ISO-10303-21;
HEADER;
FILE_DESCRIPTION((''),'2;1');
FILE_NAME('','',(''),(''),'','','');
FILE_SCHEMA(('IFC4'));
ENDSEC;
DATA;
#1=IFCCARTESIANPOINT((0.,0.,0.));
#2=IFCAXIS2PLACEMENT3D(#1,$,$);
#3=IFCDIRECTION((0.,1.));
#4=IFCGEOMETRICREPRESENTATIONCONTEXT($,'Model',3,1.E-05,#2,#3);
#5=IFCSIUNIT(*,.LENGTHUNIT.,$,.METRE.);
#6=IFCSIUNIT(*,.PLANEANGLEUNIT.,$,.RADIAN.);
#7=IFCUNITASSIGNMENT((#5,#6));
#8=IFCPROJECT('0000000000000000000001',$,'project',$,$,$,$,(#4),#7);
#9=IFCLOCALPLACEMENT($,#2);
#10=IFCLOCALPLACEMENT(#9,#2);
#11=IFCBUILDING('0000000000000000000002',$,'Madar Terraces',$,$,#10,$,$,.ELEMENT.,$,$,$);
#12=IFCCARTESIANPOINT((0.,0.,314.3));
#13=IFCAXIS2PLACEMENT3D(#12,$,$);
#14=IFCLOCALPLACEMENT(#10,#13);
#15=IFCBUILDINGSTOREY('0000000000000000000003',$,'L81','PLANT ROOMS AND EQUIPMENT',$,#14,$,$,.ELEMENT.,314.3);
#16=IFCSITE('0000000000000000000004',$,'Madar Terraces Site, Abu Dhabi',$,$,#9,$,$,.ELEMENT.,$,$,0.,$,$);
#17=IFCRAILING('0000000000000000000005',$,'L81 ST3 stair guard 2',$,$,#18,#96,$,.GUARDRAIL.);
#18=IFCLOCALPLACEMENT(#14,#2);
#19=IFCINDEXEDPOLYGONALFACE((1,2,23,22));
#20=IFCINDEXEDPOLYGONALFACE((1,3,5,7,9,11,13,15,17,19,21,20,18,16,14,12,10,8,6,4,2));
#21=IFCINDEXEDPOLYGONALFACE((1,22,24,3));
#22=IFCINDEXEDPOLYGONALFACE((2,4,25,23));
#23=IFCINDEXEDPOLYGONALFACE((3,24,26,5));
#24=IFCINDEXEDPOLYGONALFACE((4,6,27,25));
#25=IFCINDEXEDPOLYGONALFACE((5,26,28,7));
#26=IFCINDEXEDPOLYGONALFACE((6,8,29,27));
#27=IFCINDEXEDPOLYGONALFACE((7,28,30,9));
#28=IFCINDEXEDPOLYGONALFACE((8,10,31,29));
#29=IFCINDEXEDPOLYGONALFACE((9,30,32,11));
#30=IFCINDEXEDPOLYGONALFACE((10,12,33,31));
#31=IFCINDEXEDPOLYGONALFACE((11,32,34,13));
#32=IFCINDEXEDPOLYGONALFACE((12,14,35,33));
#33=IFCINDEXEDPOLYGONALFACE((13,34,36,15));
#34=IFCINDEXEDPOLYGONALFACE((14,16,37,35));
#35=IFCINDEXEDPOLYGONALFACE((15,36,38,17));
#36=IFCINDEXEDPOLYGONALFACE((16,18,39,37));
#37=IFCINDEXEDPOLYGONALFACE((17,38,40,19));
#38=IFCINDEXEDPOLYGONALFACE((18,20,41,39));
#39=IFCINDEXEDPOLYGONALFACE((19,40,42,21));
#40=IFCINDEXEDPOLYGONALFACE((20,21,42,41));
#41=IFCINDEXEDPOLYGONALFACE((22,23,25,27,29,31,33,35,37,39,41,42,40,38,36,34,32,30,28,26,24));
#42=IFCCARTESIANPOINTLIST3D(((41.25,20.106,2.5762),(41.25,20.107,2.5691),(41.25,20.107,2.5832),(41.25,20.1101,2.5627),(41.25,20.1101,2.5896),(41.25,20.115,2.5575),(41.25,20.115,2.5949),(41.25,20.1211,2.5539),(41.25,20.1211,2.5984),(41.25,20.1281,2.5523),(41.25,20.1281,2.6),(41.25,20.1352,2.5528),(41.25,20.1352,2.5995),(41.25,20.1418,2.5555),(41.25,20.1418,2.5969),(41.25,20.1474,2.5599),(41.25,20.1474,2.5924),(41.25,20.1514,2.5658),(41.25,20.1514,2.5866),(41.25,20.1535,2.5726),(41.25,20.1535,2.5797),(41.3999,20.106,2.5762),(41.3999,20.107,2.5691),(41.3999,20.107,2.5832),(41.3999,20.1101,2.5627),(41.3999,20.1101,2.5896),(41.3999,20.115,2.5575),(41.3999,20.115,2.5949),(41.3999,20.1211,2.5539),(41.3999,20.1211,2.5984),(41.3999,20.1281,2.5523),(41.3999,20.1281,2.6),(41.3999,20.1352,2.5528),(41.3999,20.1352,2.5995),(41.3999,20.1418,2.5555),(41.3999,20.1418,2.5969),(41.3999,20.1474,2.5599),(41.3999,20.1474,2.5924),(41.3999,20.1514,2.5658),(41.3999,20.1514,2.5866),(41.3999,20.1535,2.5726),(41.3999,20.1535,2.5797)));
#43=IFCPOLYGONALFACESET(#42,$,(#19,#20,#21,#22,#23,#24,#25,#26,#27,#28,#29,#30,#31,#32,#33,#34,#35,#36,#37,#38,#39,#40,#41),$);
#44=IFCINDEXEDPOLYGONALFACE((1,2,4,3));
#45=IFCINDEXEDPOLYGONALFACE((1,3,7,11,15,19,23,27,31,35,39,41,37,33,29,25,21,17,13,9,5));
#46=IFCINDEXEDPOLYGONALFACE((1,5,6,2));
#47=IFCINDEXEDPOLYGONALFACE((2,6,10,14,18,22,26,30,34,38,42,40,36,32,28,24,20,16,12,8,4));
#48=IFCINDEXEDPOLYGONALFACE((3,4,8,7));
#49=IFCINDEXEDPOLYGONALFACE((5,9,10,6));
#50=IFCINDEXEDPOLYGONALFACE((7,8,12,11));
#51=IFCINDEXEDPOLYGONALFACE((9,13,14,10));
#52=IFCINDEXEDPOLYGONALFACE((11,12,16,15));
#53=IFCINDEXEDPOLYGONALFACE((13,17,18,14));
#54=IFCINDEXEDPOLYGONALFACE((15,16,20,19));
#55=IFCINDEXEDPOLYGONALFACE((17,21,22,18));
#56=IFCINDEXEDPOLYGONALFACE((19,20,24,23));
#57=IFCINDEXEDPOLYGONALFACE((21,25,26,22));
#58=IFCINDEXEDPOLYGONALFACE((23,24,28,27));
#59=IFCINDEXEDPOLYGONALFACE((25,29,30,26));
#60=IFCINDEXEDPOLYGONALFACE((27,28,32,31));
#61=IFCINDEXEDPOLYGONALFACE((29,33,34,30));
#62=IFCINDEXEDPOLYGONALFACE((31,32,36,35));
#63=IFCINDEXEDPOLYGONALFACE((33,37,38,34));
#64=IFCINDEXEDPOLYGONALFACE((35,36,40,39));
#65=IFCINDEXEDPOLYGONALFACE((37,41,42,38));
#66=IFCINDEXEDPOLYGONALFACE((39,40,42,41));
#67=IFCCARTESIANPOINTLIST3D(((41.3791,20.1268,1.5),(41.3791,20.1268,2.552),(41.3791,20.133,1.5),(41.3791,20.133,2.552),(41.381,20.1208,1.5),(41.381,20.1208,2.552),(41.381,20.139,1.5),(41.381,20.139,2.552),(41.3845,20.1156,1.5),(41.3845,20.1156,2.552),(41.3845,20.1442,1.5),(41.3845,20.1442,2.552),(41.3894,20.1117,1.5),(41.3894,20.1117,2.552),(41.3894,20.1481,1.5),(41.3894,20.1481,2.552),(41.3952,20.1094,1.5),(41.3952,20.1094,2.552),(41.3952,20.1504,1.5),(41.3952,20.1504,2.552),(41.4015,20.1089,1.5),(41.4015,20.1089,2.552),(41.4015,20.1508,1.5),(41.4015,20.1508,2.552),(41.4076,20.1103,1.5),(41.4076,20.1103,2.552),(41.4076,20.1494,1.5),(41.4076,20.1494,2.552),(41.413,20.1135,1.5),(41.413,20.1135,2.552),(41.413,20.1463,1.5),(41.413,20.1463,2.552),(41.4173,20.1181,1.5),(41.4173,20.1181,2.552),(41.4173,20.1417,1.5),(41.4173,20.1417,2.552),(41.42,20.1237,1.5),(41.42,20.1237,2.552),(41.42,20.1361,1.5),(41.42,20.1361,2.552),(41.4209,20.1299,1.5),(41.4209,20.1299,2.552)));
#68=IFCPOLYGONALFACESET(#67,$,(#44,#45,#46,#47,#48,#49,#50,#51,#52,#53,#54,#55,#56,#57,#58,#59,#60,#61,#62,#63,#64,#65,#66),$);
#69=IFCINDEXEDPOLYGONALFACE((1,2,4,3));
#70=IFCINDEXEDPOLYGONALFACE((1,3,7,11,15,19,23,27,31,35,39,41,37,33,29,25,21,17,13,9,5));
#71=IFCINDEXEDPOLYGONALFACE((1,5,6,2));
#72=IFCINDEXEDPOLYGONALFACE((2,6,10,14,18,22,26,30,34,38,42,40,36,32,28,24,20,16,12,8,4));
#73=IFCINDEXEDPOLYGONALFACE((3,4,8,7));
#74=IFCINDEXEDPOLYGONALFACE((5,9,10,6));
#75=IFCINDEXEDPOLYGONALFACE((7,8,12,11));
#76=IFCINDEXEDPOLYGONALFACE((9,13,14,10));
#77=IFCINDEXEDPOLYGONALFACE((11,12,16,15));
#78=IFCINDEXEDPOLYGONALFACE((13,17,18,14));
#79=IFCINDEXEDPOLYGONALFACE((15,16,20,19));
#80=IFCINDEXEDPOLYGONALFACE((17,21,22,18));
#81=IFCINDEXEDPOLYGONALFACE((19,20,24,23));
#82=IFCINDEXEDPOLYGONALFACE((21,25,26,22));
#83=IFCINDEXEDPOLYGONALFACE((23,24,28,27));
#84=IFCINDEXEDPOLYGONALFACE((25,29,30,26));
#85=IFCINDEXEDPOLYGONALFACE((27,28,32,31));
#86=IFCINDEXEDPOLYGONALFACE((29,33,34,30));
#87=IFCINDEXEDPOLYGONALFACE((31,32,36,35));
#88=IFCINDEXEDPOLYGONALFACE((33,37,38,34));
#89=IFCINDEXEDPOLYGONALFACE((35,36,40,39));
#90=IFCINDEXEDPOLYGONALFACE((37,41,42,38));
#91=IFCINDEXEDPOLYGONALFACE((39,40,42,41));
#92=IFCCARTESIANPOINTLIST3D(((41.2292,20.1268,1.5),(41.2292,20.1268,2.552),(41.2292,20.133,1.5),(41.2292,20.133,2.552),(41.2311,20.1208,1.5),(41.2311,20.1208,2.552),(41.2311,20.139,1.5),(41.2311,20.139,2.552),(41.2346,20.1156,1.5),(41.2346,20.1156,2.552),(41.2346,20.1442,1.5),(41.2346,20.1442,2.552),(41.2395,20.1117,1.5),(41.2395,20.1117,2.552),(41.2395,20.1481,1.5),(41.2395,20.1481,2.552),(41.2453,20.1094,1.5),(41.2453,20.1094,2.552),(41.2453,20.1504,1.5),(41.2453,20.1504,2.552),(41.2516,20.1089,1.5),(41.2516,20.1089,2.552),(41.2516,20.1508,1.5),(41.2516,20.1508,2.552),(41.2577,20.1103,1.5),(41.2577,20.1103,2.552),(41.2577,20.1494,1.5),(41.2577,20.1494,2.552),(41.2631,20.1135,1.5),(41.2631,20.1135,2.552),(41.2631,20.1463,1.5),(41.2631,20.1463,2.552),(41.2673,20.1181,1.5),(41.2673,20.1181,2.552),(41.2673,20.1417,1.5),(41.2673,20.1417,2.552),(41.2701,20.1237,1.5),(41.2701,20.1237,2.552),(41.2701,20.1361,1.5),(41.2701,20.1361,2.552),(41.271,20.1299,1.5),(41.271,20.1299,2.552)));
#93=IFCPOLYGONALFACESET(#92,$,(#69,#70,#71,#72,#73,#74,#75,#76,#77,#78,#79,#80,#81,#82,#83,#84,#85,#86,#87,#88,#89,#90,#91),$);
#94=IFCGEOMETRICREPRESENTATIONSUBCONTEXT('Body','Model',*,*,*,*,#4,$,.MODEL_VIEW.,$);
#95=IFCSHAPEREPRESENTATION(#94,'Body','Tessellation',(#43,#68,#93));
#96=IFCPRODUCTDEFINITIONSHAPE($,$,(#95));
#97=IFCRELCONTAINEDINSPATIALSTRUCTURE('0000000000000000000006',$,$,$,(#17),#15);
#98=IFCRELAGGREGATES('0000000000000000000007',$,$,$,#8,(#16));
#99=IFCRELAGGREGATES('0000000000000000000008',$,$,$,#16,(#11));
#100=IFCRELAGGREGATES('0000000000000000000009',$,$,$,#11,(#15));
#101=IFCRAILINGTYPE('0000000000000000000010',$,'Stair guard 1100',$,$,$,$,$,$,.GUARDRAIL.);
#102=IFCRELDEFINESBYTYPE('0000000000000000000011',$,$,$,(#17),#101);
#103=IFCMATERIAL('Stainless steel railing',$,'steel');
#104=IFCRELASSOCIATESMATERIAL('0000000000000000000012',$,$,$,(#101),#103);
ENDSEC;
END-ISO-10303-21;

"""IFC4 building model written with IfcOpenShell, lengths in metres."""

from ifc_helpers import new_model, si_unit, direction, frame, origin, origin_2d, place, context, subcontext, project, spatial, circle, extrude, material, type_object, element, save


model = new_model("IFC4")

# Units and contexts
model_context = context("Model", 3, precision=1e-05, world=origin(), true_north=direction((0.0, 1.0)))
body_context = subcontext(model_context, "Body", "Model", "MODEL_VIEW")
ifc_project = project(units=[si_unit("LENGTHUNIT", "METRE"), si_unit("PLANEANGLEUNIT", "RADIAN")], contexts=[model_context])

# Site, building, storey
site_placement = place(None, origin())
site = spatial("IfcSite", under=ifc_project, at=site_placement, Name="Madar Terraces Site, Abu Dhabi", CompositionType="ELEMENT", RefElevation=0.0)
building_placement = place(site_placement, origin())
building = spatial("IfcBuilding", under=site, at=building_placement, Name="Madar Terraces", CompositionType="ELEMENT")
storey_placement = place(building_placement, frame((0.0, 0.0, 314.3)))
storey = spatial("IfcBuildingStorey", under=building, at=storey_placement, Name="L81", Description="PLANT ROOMS AND EQUIPMENT", CompositionType="ELEMENT", Elevation=314.3)

# Railing
ifc_material_1 = material(Name="Stainless steel railing", Category="steel")
railing_type_1 = type_object("IfcRailingType", Name="Stair guard 1100", PredefinedType="GUARDRAIL", material=ifc_material_1)
railing_1_placement = place(storey_placement, frame((41.3999, 20.1299, 1.5)))
element("IfcRailing", 1, at=railing_1_placement, inside=storey, type_object=railing_type_1, Name="L81 ST3 stair guard 2", PredefinedType="GUARDRAIL", context=body_context, shape_type="SweptSolid", body=[
    extrude(circle(Radius=0.0239, at=origin_2d()), frame((0.0, 0.0, 1.0762), z_axis=(-1.0, 0.0, 0.0), x_axis=(0.0, -1.0, 0.0)), (0.0, 0.0, 1.0), 0.1499),
    extrude(circle(Radius=0.021, at=origin_2d()), origin(), (0.0, 0.0, 1.0), 1.052),
    extrude(circle(Radius=0.021, at=origin_2d()), frame((-0.1499, 0.0, 0.0)), (0.0, 0.0, 1.0), 1.052),
])

save(model, "model.ifc")
